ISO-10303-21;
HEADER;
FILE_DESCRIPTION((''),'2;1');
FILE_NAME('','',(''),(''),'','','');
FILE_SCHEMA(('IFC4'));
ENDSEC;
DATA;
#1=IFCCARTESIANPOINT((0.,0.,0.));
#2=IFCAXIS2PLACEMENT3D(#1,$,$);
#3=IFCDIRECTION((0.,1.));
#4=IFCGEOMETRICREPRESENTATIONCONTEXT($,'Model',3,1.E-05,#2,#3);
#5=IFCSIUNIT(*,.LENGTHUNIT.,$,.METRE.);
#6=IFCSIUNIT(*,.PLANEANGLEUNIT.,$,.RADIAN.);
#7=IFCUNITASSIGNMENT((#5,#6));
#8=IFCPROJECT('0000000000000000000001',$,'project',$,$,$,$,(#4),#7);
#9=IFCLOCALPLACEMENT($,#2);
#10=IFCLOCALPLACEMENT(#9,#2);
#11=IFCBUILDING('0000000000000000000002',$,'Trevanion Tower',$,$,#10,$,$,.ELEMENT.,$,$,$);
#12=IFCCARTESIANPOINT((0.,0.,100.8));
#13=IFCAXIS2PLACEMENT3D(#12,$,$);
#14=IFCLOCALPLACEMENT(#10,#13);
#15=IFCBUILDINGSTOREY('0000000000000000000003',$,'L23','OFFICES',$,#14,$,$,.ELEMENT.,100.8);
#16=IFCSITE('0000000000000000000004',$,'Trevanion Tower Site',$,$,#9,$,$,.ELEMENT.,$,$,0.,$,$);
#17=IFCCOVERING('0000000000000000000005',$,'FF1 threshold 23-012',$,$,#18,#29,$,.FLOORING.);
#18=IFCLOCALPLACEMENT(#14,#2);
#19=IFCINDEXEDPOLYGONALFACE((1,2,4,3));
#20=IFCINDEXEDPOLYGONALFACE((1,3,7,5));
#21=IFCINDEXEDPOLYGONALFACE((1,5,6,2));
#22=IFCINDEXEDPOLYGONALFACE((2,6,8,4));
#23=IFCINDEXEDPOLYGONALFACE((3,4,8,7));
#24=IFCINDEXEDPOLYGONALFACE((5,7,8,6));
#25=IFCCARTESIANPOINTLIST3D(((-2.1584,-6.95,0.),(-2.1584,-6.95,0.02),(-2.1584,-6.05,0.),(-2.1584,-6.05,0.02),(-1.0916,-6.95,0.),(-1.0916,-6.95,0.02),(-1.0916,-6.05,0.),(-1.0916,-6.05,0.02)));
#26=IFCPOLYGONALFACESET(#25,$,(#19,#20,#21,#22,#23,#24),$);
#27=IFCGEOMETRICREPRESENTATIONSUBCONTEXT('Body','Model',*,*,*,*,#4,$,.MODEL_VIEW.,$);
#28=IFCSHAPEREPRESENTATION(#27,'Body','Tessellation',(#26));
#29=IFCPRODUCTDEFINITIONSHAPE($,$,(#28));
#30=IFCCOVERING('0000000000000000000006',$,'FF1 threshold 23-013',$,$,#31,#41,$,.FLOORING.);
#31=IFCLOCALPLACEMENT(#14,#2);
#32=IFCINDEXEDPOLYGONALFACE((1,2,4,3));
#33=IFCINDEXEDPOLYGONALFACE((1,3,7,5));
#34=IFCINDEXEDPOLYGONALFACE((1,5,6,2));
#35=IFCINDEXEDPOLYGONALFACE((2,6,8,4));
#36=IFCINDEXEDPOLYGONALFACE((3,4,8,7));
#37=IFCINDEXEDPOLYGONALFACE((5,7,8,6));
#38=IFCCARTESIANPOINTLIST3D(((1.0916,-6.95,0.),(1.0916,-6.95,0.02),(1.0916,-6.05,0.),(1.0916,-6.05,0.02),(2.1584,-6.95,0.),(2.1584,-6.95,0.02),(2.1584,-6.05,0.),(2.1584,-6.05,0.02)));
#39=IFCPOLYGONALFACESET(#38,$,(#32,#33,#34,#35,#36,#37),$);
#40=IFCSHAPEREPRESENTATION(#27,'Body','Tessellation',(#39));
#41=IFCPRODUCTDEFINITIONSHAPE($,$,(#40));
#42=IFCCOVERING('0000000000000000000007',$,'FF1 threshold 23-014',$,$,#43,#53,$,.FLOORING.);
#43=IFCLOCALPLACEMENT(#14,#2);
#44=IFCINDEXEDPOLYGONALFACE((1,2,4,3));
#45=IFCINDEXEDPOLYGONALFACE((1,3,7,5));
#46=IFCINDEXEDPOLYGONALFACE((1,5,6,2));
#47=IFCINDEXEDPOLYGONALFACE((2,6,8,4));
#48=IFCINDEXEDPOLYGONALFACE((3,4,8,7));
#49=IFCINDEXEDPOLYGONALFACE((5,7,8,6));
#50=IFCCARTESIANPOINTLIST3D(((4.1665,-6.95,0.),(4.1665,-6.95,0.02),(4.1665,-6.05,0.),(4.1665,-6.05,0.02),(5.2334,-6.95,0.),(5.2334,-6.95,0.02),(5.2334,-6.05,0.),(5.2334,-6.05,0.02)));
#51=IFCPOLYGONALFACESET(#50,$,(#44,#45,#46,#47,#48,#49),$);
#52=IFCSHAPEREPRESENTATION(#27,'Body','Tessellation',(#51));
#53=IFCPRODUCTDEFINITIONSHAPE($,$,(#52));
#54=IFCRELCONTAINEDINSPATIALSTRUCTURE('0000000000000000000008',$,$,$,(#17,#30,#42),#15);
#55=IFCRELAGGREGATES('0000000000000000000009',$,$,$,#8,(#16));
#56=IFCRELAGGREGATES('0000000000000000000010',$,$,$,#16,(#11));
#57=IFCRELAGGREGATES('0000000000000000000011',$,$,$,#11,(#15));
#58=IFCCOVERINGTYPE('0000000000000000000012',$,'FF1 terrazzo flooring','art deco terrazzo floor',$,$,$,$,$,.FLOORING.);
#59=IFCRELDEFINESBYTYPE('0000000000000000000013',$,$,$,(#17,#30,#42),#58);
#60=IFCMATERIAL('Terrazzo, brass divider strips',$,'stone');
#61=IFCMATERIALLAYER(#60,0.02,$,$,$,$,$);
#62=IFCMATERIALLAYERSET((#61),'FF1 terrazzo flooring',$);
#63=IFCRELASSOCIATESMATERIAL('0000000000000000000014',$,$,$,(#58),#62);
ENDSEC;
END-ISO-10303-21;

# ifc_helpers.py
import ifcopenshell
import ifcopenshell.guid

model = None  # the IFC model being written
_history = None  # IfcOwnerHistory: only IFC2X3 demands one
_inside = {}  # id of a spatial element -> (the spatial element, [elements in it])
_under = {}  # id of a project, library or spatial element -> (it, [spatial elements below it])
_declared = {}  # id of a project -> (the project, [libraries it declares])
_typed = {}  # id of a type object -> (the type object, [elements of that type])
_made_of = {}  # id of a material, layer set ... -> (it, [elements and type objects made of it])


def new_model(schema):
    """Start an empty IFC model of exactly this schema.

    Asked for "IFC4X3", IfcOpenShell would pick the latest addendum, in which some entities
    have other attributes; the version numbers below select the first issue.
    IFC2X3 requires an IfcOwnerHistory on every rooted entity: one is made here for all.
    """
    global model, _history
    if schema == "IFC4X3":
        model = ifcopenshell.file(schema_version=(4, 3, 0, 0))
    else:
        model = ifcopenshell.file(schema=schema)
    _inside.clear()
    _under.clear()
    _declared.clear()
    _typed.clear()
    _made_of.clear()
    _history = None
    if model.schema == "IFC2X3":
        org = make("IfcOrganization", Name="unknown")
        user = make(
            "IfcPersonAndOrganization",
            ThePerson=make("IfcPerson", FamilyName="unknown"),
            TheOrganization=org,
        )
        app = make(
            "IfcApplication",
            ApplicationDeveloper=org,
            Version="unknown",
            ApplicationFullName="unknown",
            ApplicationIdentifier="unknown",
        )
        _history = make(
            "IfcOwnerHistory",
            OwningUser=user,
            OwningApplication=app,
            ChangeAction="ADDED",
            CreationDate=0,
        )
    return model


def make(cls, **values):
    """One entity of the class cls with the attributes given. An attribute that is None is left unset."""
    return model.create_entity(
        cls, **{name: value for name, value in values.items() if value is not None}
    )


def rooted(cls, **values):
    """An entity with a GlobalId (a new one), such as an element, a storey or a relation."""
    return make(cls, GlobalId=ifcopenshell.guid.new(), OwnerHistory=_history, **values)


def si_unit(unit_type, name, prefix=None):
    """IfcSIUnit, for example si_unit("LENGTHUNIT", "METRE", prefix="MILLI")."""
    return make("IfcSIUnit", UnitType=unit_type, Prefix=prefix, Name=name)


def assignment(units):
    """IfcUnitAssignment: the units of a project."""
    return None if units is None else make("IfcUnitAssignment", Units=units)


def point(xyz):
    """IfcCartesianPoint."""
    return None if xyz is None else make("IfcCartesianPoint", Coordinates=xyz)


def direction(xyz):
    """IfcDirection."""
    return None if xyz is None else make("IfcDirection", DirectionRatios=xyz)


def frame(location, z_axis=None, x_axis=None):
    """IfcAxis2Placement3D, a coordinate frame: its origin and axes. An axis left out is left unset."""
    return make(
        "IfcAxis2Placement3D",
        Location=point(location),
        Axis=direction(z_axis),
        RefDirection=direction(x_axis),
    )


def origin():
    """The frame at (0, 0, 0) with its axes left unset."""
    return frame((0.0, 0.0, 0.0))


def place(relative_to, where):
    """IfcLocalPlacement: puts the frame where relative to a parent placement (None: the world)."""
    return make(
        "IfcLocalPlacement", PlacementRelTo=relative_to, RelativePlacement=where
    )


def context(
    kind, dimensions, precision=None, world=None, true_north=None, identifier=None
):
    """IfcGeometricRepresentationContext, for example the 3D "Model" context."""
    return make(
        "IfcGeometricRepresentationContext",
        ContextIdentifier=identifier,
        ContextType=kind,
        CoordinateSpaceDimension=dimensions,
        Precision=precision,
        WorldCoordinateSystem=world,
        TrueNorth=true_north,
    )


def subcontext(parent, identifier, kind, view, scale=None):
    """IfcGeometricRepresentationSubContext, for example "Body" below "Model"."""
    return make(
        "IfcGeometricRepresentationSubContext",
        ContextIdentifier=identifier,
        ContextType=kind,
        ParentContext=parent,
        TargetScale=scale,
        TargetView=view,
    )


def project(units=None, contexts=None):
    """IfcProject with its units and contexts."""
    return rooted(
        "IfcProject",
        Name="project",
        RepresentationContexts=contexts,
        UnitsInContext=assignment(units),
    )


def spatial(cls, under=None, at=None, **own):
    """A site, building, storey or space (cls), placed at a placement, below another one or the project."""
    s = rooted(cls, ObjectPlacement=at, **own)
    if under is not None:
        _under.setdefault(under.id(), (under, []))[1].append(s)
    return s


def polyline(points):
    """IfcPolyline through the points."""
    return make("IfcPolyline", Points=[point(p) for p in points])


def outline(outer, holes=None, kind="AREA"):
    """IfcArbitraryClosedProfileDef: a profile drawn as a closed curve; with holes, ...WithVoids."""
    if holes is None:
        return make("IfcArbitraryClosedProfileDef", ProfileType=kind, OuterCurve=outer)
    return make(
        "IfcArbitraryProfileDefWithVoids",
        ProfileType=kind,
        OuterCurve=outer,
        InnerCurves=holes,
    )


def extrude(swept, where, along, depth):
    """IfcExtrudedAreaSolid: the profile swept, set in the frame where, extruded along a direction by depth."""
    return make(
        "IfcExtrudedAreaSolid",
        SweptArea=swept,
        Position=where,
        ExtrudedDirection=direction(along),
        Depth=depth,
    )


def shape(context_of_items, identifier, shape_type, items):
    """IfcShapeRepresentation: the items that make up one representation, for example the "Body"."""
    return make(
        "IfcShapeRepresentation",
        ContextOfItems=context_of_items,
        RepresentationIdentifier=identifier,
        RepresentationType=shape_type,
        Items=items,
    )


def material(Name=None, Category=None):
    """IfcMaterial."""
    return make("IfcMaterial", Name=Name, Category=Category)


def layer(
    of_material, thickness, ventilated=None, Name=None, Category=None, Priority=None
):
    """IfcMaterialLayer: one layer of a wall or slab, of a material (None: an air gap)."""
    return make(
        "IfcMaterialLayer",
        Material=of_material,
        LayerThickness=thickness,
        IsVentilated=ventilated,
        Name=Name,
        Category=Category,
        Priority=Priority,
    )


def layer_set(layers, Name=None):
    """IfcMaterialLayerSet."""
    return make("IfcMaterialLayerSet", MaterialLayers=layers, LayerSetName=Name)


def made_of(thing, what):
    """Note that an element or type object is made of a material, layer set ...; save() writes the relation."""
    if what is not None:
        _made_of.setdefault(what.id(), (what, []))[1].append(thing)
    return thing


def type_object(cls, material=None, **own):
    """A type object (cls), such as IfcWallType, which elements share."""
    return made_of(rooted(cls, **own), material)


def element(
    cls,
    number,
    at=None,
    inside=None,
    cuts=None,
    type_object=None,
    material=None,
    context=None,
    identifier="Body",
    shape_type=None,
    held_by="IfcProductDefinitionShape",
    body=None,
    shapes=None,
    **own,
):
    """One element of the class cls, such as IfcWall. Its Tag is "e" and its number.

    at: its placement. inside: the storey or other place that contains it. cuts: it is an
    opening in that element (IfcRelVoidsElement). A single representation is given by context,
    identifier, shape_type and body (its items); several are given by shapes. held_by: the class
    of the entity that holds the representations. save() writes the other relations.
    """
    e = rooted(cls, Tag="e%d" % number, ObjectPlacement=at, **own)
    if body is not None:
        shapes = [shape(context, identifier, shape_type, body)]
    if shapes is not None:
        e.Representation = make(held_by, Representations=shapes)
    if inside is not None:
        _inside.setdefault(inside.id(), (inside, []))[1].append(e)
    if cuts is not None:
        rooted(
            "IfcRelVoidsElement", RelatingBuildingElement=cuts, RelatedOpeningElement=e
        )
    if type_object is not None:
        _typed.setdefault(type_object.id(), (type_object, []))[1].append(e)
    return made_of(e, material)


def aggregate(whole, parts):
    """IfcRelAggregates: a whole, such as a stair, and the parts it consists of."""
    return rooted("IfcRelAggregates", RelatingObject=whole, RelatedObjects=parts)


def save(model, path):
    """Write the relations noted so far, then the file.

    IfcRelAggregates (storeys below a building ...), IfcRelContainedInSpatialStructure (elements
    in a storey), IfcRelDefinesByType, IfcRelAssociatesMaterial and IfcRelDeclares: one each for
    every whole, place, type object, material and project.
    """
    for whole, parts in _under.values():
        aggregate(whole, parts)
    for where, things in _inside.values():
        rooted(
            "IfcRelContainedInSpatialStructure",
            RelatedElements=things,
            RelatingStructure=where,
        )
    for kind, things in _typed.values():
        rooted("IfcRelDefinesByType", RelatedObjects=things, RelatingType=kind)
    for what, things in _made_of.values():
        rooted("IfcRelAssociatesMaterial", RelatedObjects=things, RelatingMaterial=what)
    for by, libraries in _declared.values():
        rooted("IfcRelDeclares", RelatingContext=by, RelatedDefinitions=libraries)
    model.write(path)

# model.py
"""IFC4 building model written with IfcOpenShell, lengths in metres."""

from ifc_helpers import new_model, si_unit, direction, frame, origin, place, context, subcontext, project, spatial, polyline, outline, extrude, material, layer, layer_set, type_object, element, save


model = new_model("IFC4")

# Units and contexts
model_context = context("Model", 3, precision=1e-05, world=origin(), true_north=direction((0.0, 1.0)))
body_context = subcontext(model_context, "Body", "Model", "MODEL_VIEW")
ifc_project = project(units=[si_unit("LENGTHUNIT", "METRE"), si_unit("PLANEANGLEUNIT", "RADIAN")], contexts=[model_context])

# Site, building, storey
site_placement = place(None, origin())
site = spatial("IfcSite", under=ifc_project, at=site_placement, Name="Trevanion Tower Site", CompositionType="ELEMENT", RefElevation=0.0)
building_placement = place(site_placement, origin())
building = spatial("IfcBuilding", under=site, at=building_placement, Name="Trevanion Tower", CompositionType="ELEMENT")
storey_placement = place(building_placement, frame((0.0, 0.0, 100.8)))
storey = spatial("IfcBuildingStorey", under=building, at=storey_placement, Name="L23", Description="OFFICES", CompositionType="ELEMENT", Elevation=100.8)

# Coverings
ifc_material_1 = material(Name="Terrazzo, brass divider strips", Category="stone")
ifc_layer_1 = layer(ifc_material_1, 0.02)
ifc_layer_set_1 = layer_set([ifc_layer_1], Name="FF1 terrazzo flooring")
covering_type = type_object("IfcCoveringType", Name="FF1 terrazzo flooring", Description="art deco terrazzo floor", PredefinedType="FLOORING", material=ifc_layer_set_1)
covering_1_placement = place(storey_placement, origin())
element("IfcCovering", 1, at=covering_1_placement, inside=storey, type_object=covering_type, Name="FF1 threshold 23-012", PredefinedType="FLOORING", context=body_context, shape_type="SweptSolid", body=[
    extrude(outline(polyline([(-2.1584, -6.95), (-1.0916, -6.95), (-1.0916, -6.05), (-2.1584, -6.05), (-2.1584, -6.95)])), origin(), (0.0, 0.0, 1.0), 0.02),
])
covering_2_placement = place(storey_placement, origin())
element("IfcCovering", 2, at=covering_2_placement, inside=storey, type_object=covering_type, Name="FF1 threshold 23-013", PredefinedType="FLOORING", context=body_context, shape_type="SweptSolid", body=[
    extrude(outline(polyline([(1.0916, -6.95), (2.1584, -6.95), (2.1584, -6.05), (1.0916, -6.05), (1.0916, -6.95)])), origin(), (0.0, 0.0, 1.0), 0.02),
])
covering_3_placement = place(storey_placement, origin())
element("IfcCovering", 3, at=covering_3_placement, inside=storey, type_object=covering_type, Name="FF1 threshold 23-014", PredefinedType="FLOORING", context=body_context, shape_type="SweptSolid", body=[
    extrude(outline(polyline([(4.1665, -6.95), (5.2334, -6.95), (5.2334, -6.05), (4.1665, -6.05), (4.1665, -6.95)])), origin(), (0.0, 0.0, 1.0), 0.02),
])

save(model, "model.ifc")
